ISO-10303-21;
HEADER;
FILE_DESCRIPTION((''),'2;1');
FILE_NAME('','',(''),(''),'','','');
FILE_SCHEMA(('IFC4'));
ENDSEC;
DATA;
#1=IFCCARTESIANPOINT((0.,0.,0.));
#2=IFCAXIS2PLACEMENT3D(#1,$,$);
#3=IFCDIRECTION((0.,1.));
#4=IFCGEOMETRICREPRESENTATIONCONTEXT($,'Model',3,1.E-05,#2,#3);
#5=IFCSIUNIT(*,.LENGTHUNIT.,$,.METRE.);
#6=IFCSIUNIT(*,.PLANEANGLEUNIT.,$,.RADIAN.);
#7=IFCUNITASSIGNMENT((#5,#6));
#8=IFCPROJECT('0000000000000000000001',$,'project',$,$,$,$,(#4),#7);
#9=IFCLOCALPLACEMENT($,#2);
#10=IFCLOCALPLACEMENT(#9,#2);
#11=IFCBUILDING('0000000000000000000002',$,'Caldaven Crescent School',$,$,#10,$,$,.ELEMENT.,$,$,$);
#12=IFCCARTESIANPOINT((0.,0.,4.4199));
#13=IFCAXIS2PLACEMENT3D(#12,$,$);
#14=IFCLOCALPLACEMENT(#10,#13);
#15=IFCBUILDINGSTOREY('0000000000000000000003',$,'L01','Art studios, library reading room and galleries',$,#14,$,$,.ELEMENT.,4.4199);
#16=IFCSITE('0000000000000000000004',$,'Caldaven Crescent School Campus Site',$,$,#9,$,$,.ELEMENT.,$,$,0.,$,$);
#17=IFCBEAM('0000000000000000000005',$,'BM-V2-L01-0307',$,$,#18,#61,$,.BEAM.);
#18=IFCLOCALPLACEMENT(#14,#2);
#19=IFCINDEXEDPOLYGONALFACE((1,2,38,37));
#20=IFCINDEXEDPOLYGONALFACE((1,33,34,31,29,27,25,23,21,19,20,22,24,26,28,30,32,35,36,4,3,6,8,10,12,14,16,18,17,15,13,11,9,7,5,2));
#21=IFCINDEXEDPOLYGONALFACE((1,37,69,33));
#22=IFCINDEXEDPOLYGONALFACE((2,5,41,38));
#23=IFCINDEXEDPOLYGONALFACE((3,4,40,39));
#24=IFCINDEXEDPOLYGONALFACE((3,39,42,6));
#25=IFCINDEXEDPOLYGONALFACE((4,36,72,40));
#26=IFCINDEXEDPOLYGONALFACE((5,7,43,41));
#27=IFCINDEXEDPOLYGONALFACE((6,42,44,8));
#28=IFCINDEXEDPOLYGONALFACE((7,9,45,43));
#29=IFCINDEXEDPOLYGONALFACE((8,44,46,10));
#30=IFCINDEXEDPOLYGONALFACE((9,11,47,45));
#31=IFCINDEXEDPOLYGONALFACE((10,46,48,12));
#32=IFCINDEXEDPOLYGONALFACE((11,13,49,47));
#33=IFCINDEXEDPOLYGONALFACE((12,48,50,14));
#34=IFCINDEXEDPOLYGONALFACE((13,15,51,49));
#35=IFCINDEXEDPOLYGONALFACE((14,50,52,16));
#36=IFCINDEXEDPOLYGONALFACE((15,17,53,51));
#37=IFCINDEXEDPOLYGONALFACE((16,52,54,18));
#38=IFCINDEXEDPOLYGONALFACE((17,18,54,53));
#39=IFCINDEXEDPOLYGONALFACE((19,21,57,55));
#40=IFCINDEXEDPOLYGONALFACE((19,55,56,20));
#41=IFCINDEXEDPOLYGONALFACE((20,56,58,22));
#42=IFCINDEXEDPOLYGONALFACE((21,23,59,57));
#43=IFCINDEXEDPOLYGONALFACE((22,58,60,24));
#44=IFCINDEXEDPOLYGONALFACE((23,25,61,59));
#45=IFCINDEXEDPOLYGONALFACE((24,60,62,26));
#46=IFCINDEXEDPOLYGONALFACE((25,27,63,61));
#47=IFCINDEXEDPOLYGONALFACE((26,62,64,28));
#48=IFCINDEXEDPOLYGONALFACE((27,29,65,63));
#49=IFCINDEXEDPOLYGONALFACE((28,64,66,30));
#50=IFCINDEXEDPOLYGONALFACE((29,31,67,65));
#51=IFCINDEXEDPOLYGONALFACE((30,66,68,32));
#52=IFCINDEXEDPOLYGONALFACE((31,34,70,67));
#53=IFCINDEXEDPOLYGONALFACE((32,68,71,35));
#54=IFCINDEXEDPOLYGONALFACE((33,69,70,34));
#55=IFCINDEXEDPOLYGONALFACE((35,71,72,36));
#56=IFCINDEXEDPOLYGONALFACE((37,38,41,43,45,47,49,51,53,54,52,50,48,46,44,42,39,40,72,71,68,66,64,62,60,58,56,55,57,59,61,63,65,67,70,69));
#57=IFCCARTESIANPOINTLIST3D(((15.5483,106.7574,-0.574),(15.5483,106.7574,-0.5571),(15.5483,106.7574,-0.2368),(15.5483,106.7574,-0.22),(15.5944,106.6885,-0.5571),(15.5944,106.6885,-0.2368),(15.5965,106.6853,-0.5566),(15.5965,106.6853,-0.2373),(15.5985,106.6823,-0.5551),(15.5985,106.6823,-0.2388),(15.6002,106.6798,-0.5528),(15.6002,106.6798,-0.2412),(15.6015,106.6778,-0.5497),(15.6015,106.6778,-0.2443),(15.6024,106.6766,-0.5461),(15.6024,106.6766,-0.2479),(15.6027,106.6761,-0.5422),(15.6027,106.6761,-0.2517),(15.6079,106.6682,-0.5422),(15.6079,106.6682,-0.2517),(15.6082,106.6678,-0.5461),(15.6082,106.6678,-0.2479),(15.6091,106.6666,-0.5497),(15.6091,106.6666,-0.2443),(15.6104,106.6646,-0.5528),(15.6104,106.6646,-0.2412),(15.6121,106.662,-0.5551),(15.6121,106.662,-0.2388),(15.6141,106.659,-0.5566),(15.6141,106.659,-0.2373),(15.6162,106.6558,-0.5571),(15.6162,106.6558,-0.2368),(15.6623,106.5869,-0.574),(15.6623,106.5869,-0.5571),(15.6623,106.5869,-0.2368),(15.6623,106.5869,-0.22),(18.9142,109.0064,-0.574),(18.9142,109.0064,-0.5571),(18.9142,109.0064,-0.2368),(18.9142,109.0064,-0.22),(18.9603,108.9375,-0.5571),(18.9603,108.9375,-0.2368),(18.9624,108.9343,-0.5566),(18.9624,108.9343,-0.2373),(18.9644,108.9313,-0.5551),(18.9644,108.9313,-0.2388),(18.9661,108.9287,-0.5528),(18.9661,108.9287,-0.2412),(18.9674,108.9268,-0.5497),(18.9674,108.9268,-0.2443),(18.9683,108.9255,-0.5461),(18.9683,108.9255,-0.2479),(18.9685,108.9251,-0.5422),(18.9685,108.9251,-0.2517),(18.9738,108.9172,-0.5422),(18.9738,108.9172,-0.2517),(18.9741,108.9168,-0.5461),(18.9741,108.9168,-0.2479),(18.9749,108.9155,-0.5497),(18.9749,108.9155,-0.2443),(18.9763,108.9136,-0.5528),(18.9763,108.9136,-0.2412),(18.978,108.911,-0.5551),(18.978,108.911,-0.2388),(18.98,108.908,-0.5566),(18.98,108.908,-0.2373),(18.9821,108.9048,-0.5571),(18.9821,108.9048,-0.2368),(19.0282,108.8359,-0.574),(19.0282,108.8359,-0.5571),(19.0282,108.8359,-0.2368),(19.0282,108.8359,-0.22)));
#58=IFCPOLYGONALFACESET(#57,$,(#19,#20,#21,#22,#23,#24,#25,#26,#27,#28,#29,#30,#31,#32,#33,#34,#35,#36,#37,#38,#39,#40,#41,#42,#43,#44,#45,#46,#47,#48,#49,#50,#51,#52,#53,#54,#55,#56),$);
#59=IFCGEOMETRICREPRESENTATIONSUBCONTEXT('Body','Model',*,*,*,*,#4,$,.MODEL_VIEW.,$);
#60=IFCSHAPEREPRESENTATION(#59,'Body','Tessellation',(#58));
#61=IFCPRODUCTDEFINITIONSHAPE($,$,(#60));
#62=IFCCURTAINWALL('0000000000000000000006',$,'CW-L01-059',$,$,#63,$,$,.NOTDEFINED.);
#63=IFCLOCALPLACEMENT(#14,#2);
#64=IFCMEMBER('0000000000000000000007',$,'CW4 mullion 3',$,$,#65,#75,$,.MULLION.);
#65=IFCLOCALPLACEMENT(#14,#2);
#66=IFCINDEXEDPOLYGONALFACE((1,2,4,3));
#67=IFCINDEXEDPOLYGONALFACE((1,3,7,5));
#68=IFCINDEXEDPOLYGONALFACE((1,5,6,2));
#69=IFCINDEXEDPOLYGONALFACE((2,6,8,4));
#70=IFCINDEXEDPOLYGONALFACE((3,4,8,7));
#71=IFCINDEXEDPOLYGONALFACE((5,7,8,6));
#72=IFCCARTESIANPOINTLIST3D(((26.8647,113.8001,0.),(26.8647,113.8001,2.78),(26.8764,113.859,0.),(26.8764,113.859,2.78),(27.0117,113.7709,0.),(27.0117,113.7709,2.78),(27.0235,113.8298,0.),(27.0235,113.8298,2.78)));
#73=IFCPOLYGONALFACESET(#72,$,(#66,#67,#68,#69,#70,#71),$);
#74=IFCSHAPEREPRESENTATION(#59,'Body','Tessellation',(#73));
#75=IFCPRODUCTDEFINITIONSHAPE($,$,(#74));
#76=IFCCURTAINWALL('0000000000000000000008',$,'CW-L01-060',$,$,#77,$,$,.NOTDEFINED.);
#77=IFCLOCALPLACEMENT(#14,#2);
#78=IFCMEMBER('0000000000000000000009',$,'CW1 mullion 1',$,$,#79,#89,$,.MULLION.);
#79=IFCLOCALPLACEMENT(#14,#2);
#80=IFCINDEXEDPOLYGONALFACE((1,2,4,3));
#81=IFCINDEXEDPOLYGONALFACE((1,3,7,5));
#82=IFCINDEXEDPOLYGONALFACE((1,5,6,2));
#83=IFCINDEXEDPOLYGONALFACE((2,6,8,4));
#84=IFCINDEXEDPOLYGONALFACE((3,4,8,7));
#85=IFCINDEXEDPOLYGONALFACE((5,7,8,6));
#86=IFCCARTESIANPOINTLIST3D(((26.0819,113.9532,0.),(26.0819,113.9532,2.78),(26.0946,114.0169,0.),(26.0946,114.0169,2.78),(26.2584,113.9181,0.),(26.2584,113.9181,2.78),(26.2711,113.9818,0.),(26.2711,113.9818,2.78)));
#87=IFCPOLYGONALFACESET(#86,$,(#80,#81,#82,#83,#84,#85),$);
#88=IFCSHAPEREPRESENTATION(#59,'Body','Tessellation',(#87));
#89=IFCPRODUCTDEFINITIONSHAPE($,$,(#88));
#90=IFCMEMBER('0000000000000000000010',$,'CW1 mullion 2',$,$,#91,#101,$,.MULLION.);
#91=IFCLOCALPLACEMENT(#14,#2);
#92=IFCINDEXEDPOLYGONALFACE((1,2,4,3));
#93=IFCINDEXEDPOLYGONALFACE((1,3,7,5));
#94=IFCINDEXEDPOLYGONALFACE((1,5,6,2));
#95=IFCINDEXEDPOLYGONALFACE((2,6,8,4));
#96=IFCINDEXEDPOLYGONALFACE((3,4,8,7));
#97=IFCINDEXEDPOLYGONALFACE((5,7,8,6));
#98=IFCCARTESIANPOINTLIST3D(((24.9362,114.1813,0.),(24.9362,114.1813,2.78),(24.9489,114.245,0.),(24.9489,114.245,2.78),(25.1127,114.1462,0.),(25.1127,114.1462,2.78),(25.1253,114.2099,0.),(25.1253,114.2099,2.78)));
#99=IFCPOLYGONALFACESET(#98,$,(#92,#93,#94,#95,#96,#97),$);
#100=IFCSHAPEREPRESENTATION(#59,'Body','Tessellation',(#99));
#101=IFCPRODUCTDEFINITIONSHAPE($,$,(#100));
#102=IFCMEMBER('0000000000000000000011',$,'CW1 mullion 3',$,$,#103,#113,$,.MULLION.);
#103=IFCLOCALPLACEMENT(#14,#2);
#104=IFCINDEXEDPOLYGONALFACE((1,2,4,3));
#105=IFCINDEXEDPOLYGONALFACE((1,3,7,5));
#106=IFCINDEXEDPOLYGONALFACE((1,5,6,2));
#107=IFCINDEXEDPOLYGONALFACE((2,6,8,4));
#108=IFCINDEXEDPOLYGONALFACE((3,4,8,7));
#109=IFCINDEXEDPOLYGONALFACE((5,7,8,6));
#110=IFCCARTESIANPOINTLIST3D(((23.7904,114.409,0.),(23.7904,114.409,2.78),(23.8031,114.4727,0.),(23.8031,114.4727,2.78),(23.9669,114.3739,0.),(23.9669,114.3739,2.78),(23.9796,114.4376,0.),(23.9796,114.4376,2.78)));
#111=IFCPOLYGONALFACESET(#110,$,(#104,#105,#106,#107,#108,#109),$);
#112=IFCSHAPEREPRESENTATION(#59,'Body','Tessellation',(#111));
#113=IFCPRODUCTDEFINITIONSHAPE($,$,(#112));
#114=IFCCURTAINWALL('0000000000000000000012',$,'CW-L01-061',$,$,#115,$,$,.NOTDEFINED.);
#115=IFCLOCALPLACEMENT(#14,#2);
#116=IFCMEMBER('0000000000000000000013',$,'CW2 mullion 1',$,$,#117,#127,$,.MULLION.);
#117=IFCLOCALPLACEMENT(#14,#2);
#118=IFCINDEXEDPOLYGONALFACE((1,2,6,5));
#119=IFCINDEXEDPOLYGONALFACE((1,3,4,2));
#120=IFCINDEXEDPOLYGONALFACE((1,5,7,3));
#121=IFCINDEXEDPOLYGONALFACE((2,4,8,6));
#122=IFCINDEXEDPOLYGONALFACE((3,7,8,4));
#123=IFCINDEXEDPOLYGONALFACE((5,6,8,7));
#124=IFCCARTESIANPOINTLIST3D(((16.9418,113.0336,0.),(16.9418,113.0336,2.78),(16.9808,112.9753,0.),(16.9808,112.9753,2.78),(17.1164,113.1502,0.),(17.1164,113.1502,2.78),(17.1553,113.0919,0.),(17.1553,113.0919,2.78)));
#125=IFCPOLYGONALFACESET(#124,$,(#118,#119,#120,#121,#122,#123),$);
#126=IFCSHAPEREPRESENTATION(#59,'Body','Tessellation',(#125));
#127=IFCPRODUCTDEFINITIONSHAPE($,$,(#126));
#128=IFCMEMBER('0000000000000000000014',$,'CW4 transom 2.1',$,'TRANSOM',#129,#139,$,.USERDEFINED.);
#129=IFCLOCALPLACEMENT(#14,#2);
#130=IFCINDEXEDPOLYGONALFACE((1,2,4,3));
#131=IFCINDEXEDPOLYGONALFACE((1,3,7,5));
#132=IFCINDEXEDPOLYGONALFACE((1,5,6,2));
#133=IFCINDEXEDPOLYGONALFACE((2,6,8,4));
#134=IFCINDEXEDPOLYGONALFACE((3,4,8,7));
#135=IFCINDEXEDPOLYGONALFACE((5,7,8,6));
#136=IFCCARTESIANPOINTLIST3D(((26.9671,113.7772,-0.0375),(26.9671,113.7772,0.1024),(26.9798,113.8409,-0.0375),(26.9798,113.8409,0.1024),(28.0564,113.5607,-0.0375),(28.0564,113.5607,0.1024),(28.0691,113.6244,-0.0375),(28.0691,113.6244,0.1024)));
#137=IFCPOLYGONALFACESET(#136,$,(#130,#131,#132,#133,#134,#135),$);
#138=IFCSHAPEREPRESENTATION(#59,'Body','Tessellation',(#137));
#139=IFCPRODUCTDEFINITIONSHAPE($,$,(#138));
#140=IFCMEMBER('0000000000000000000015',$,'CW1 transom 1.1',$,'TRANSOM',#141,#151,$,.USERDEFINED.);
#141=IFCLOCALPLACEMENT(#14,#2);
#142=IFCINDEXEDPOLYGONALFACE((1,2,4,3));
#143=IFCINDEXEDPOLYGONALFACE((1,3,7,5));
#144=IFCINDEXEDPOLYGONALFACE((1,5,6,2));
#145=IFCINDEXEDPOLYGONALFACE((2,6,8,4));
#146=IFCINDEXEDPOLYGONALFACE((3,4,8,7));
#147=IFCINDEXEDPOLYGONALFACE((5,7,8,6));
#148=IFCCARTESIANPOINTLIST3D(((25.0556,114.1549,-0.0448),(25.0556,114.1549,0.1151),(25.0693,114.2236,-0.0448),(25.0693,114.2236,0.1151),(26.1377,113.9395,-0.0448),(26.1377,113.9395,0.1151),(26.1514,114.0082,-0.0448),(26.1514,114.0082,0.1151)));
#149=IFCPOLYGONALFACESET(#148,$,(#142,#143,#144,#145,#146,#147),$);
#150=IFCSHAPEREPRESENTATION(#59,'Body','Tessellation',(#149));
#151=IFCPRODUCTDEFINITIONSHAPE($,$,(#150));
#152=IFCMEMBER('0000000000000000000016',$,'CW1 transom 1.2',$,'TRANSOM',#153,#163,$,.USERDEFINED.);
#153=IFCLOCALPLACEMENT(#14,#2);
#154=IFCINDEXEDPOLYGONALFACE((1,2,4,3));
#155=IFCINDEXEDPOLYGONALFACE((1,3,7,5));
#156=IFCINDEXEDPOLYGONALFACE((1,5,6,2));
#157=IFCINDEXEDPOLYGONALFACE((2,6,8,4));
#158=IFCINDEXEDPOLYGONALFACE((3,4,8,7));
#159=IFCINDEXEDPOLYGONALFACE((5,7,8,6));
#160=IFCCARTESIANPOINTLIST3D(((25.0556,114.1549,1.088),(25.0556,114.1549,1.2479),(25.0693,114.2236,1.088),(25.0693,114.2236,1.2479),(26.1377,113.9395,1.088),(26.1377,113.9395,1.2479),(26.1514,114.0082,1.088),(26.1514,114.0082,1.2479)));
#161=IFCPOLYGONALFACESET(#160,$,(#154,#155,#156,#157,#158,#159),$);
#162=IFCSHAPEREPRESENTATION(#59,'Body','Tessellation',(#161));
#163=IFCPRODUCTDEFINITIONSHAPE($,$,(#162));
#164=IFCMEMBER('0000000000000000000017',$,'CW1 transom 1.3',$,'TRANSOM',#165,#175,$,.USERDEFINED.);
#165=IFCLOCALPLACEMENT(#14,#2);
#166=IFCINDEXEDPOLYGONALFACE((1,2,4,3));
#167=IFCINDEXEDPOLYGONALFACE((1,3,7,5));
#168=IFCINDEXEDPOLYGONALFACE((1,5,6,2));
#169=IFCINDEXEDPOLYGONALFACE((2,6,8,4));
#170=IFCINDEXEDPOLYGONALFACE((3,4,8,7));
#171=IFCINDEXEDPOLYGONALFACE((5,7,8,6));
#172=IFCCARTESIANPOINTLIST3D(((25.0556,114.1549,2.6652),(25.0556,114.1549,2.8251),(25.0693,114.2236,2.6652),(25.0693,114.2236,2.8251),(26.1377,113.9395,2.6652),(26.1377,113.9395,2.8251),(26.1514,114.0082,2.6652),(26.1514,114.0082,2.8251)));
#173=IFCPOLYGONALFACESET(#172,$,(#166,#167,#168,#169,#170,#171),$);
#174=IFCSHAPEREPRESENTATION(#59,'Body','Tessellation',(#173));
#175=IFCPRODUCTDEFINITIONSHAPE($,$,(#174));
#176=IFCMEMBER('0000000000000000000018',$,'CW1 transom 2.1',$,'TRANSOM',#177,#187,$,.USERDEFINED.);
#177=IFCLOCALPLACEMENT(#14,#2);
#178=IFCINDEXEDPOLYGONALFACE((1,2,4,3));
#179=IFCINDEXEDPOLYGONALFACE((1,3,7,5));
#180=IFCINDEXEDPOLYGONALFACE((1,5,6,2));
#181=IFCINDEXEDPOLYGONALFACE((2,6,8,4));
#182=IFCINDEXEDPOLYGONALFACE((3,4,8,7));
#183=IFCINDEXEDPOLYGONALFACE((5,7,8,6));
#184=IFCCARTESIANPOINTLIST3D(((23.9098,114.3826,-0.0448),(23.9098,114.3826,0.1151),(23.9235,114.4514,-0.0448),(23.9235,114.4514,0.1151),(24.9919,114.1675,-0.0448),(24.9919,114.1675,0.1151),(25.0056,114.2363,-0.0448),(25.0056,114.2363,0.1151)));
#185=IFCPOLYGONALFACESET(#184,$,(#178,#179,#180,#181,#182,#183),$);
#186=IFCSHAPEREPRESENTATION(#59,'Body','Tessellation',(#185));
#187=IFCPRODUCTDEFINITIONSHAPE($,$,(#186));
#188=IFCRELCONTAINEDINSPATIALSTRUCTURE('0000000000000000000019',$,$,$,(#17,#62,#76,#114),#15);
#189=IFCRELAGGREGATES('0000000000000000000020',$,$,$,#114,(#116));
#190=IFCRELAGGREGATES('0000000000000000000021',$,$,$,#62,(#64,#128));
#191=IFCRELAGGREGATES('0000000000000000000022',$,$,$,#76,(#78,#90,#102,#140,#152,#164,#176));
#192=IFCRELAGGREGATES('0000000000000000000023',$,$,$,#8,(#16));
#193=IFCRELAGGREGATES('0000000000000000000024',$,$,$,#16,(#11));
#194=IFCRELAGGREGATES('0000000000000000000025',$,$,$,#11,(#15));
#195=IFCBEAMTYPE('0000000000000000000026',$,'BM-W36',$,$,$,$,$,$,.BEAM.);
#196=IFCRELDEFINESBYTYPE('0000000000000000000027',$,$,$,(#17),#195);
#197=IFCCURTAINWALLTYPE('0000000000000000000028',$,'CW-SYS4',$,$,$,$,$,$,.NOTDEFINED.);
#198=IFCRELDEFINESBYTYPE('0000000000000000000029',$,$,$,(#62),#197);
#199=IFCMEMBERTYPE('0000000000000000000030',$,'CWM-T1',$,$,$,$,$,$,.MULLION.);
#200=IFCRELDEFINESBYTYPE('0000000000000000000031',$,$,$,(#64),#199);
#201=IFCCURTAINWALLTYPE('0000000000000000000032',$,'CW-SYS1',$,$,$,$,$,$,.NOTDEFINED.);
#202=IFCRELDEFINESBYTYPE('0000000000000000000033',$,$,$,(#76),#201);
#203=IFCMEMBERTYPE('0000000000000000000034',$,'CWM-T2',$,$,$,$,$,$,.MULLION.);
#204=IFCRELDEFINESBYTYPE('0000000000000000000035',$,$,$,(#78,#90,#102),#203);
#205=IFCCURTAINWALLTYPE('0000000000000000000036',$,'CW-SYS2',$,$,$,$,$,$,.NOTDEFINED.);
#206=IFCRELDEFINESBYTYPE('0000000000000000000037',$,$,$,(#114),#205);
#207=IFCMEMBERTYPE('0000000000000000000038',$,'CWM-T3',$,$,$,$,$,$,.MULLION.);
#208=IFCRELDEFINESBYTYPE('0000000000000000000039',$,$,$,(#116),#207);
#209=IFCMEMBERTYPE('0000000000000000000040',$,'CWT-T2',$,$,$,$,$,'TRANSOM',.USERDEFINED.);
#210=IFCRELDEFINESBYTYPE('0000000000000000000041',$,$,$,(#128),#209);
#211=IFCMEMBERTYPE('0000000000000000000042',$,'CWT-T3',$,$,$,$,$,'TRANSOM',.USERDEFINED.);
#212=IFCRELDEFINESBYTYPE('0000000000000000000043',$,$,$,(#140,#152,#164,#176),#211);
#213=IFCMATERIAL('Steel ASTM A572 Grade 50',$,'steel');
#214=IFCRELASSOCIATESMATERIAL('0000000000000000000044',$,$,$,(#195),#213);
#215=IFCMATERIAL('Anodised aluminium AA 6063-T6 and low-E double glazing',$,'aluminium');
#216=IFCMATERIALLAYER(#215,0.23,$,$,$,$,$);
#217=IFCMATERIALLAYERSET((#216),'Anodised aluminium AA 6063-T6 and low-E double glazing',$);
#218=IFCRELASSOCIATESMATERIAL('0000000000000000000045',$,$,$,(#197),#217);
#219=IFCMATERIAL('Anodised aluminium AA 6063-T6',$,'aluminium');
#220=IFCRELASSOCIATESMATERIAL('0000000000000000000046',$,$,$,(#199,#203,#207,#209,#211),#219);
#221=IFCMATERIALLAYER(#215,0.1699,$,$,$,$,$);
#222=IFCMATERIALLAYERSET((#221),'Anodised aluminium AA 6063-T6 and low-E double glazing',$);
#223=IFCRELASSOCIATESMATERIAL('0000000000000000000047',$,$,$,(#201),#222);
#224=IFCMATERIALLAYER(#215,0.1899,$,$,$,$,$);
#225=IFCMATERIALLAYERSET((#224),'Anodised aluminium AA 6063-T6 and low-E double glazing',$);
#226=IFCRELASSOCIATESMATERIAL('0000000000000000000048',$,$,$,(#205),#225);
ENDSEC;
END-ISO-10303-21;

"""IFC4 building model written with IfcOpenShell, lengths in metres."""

from ifc_helpers import new_model, si_unit, direction, frame, origin, origin_2d, place, context, subcontext, project, spatial, rectangle, i_section, extrude, material, layer, layer_set, material_profile, profile_set, type_object, element, aggregate, save


model = new_model("IFC4")

# Units and contexts
model_context = context("Model", 3, precision=1e-05, world=origin(), true_north=direction((0.0, 1.0)))
body_context = subcontext(model_context, "Body", "Model", "MODEL_VIEW")
ifc_project = project(units=[si_unit("LENGTHUNIT", "METRE"), si_unit("PLANEANGLEUNIT", "RADIAN")], contexts=[model_context])

# Site, building, storey
site_placement = place(None, origin())
site = spatial("IfcSite", under=ifc_project, at=site_placement, Name="Caldaven Crescent School Campus Site", CompositionType="ELEMENT", RefElevation=0.0)
building_placement = place(site_placement, origin())
building = spatial("IfcBuilding", under=site, at=building_placement, Name="Caldaven Crescent School", CompositionType="ELEMENT")
storey_placement = place(building_placement, frame((0.0, 0.0, 4.4199)))
storey = spatial("IfcBuildingStorey", under=building, at=storey_placement, Name="L01", Description="Art studios, library reading room and galleries", CompositionType="ELEMENT", Elevation=4.4199)

# Beam
ifc_material_1 = material(Name="Steel ASTM A572 Grade 50", Category="steel")
ifc_material_profile_1 = material_profile(ifc_material_1, i_section(OverallWidth=0.2051, OverallDepth=0.354, WebThickness=0.0095, FlangeThickness=0.0168, FilletRadius=0.0149, at=origin_2d()), Name="W360x79")
ifc_profile_set_1 = profile_set([ifc_material_profile_1], Name="Steel ASTM A572 Grade 50")
beam_type_1 = type_object("IfcBeamType", Name="BM-W36", PredefinedType="BEAM", material=ifc_profile_set_1)
beam_1_placement = place(storey_placement, frame((18.9712, 108.9211, -0.397), z_axis=(-0.831475, -0.555563, 0.0), x_axis=(0.555563, -0.831475, 0.0)))
element("IfcBeam", 1, at=beam_1_placement, inside=storey, type_object=beam_type_1, Name="BM-V2-L01-0307", PredefinedType="BEAM", context=body_context, shape_type="SweptSolid", body=[
    extrude(i_section(OverallWidth=0.2051, OverallDepth=0.354, WebThickness=0.0095, FlangeThickness=0.0168, FilletRadius=0.0149, at=origin_2d()), origin(), (0.0, 0.0, 1.0), 4.0481),
])

# Curtain wall, member
ifc_material_2 = material(Name="Anodised aluminium AA 6063-T6 and low-E double glazing", Category="aluminium")
ifc_layer_1 = layer(ifc_material_2, 0.23)
ifc_layer_set_1 = layer_set([ifc_layer_1], Name="Anodised aluminium AA 6063-T6 and low-E double glazing")
curtain_wall_type_1 = type_object("IfcCurtainWallType", Name="CW-SYS4", PredefinedType="NOTDEFINED", material=ifc_layer_set_1)
curtain_wall_1_placement = place(storey_placement, origin())
curtain_wall_1 = element("IfcCurtainWall", 2, at=curtain_wall_1_placement, inside=storey, type_object=curtain_wall_type_1, Name="CW-L01-059", PredefinedType="NOTDEFINED")
ifc_material_3 = material(Name="Anodised aluminium AA 6063-T6", Category="aluminium")
ifc_material_profile_2 = material_profile(ifc_material_3, rectangle(XDim=0.0601, YDim=0.1499, at=origin_2d()), Name="CWM 60x150")
ifc_profile_set_2 = profile_set([ifc_material_profile_2], Name="Anodised aluminium AA 6063-T6")
member_type_1 = type_object("IfcMemberType", Name="CWM-T1", PredefinedType="MULLION", material=ifc_profile_set_2)
member_1_placement = place(storey_placement, frame((26.9441, 113.8149, 0.0), z_axis=(0.0, 0.0, 1.0), x_axis=(-0.195087, -0.980786, 0.0)))
member_1 = element("IfcMember", 3, at=member_1_placement, type_object=member_type_1, Name="CW4 mullion 3", PredefinedType="MULLION", context=body_context, shape_type="SweptSolid", body=[
    extrude(rectangle(XDim=0.0601, YDim=0.1499, at=origin_2d()), origin(), (0.0, 0.0, 1.0), 2.78),
])

# Curtain wall, members
ifc_layer_2 = layer(ifc_material_2, 0.1699)
ifc_layer_set_2 = layer_set([ifc_layer_2], Name="Anodised aluminium AA 6063-T6 and low-E double glazing")
curtain_wall_type_2 = type_object("IfcCurtainWallType", Name="CW-SYS1", PredefinedType="NOTDEFINED", material=ifc_layer_set_2)
curtain_wall_2_placement = place(storey_placement, origin())
curtain_wall_2 = element("IfcCurtainWall", 4, at=curtain_wall_2_placement, inside=storey, type_object=curtain_wall_type_2, Name="CW-L01-060", PredefinedType="NOTDEFINED")
ifc_material_profile_3 = material_profile(ifc_material_3, rectangle(XDim=0.0649, YDim=0.1799, at=origin_2d()), Name="CWM 65x180")
ifc_profile_set_3 = profile_set([ifc_material_profile_3], Name="Anodised aluminium AA 6063-T6")
member_type_2 = type_object("IfcMemberType", Name="CWM-T2", PredefinedType="MULLION", material=ifc_profile_set_3)
member_2_placement = place(storey_placement, frame((26.1765, 113.9675, 0.0), z_axis=(0.0, 0.0, 1.0), x_axis=(-0.195091, -0.980785, 0.0)))
member_2 = element("IfcMember", 5, at=member_2_placement, type_object=member_type_2, Name="CW1 mullion 1", PredefinedType="MULLION", context=body_context, shape_type="SweptSolid", body=[
    extrude(rectangle(XDim=0.0649, YDim=0.1799, at=origin_2d()), origin(), (0.0, 0.0, 1.0), 2.78),
])
member_3_placement = place(storey_placement, frame((25.0308, 114.1956, 0.0), z_axis=(0.0, 0.0, 1.0), x_axis=(-0.195091, -0.980785, 0.0)))
member_3 = element("IfcMember", 6, at=member_3_placement, type_object=member_type_2, Name="CW1 mullion 2", PredefinedType="MULLION", context=body_context, shape_type="SweptSolid", body=[
    extrude(rectangle(XDim=0.0649, YDim=0.1799, at=origin_2d()), origin(), (0.0, 0.0, 1.0), 2.78),
])
member_4_placement = place(storey_placement, frame((23.885, 114.4233, 0.0), z_axis=(0.0, 0.0, 1.0), x_axis=(-0.195091, -0.980785, 0.0)))
member_4 = element("IfcMember", 7, at=member_4_placement, type_object=member_type_2, Name="CW1 mullion 3", PredefinedType="MULLION", context=body_context, shape_type="SweptSolid", body=[
    extrude(rectangle(XDim=0.0649, YDim=0.1799, at=origin_2d()), origin(), (0.0, 0.0, 1.0), 2.78),
])

# Curtain wall, member
ifc_layer_3 = layer(ifc_material_2, 0.1899)
ifc_layer_set_3 = layer_set([ifc_layer_3], Name="Anodised aluminium AA 6063-T6 and low-E double glazing")
curtain_wall_type_3 = type_object("IfcCurtainWallType", Name="CW-SYS2", PredefinedType="NOTDEFINED", material=ifc_layer_set_3)
curtain_wall_3_placement = place(storey_placement, origin())
curtain_wall_3 = element("IfcCurtainWall", 8, at=curtain_wall_3_placement, inside=storey, type_object=curtain_wall_type_3, Name="CW-L01-061", PredefinedType="NOTDEFINED")
ifc_material_profile_4 = material_profile(ifc_material_3, rectangle(XDim=0.0701, YDim=0.21, at=origin_2d()), Name="CWM 70x210")
ifc_profile_set_4 = profile_set([ifc_material_profile_4], Name="Anodised aluminium AA 6063-T6")
member_type_3 = type_object("IfcMemberType", Name="CWM-T3", PredefinedType="MULLION", material=ifc_profile_set_4)
member_5_placement = place(storey_placement, frame((17.0486, 113.0627, 0.0), z_axis=(0.0, 0.0, 1.0), x_axis=(0.55557, -0.83147, 0.0)))
member_5 = element("IfcMember", 9, at=member_5_placement, type_object=member_type_3, Name="CW2 mullion 1", PredefinedType="MULLION", context=body_context, shape_type="SweptSolid", body=[
    extrude(rectangle(XDim=0.0701, YDim=0.21, at=origin_2d()), origin(), (0.0, 0.0, 1.0), 2.78),
])
aggregate(curtain_wall_3, [member_5])

# Members
ifc_material_profile_5 = material_profile(ifc_material_3, rectangle(XDim=0.0649, YDim=0.1399, at=origin_2d()), Name="CWT 65x140")
ifc_profile_set_5 = profile_set([ifc_material_profile_5], Name="Anodised aluminium AA 6063-T6")
member_type_4 = type_object("IfcMemberType", Name="CWT-T2", ElementType="TRANSOM", PredefinedType="USERDEFINED", material=ifc_profile_set_5)
member_6_placement = place(storey_placement, frame((28.0627, 113.5925, 0.0325), z_axis=(-0.980808, 0.194975, 0.0), x_axis=(-0.194975, -0.980808, 0.0)))
member_6 = element("IfcMember", 10, at=member_6_placement, type_object=member_type_4, Name="CW4 transom 2.1", ObjectType="TRANSOM", PredefinedType="USERDEFINED", context=body_context, shape_type="SweptSolid", body=[
    extrude(rectangle(XDim=0.0649, YDim=0.1399, at=origin_2d()), origin(), (0.0, 0.0, 1.0), 1.1106),
])
ifc_material_profile_6 = material_profile(ifc_material_3, rectangle(XDim=0.0701, YDim=0.1599, at=origin_2d()), Name="CWT 70x160")
ifc_profile_set_6 = profile_set([ifc_material_profile_6], Name="Anodised aluminium AA 6063-T6")
member_type_5 = type_object("IfcMemberType", Name="CWT-T3", ElementType="TRANSOM", PredefinedType="USERDEFINED", material=ifc_profile_set_6)
member_7_placement = place(storey_placement, frame((26.1445, 113.9739, 0.0352), z_axis=(-0.980767, 0.19518, 0.0), x_axis=(-0.19518, -0.980767, 0.0)))
member_7 = element("IfcMember", 11, at=member_7_placement, type_object=member_type_5, Name="CW1 transom 1.1", ObjectType="TRANSOM", PredefinedType="USERDEFINED", context=body_context, shape_type="SweptSolid", body=[
    extrude(rectangle(XDim=0.0701, YDim=0.1599, at=origin_2d()), origin(), (0.0, 0.0, 1.0), 1.1033),
])
member_8_placement = place(storey_placement, frame((26.1445, 113.9739, 1.168), z_axis=(-0.980767, 0.19518, 0.0), x_axis=(-0.19518, -0.980767, 0.0)))
member_8 = element("IfcMember", 12, at=member_8_placement, type_object=member_type_5, Name="CW1 transom 1.2", ObjectType="TRANSOM", PredefinedType="USERDEFINED", context=body_context, shape_type="SweptSolid", body=[
    extrude(rectangle(XDim=0.0701, YDim=0.1599, at=origin_2d()), origin(), (0.0, 0.0, 1.0), 1.1033),
])
member_9_placement = place(storey_placement, frame((26.1445, 113.9739, 2.7451), z_axis=(-0.980767, 0.19518, 0.0), x_axis=(-0.19518, -0.980767, 0.0)))
member_9 = element("IfcMember", 13, at=member_9_placement, type_object=member_type_5, Name="CW1 transom 1.3", ObjectType="TRANSOM", PredefinedType="USERDEFINED", context=body_context, shape_type="SweptSolid", body=[
    extrude(rectangle(XDim=0.0701, YDim=0.1599, at=origin_2d()), origin(), (0.0, 0.0, 1.0), 1.1033),
])
member_10_placement = place(storey_placement, frame((24.9988, 114.2019, 0.0352), z_axis=(-0.98081, 0.194967, 0.0), x_axis=(-0.194967, -0.98081, 0.0)))
member_10 = element("IfcMember", 14, at=member_10_placement, type_object=member_type_5, Name="CW1 transom 2.1", ObjectType="TRANSOM", PredefinedType="USERDEFINED", context=body_context, shape_type="SweptSolid", body=[
    extrude(rectangle(XDim=0.0701, YDim=0.1599, at=origin_2d()), origin(), (0.0, 0.0, 1.0), 1.1033),
])

aggregate(curtain_wall_1, [member_1, member_6])
aggregate(curtain_wall_2, [member_2, member_3, member_4, member_7, member_8, member_9, member_10])

save(model, "model.ifc")
